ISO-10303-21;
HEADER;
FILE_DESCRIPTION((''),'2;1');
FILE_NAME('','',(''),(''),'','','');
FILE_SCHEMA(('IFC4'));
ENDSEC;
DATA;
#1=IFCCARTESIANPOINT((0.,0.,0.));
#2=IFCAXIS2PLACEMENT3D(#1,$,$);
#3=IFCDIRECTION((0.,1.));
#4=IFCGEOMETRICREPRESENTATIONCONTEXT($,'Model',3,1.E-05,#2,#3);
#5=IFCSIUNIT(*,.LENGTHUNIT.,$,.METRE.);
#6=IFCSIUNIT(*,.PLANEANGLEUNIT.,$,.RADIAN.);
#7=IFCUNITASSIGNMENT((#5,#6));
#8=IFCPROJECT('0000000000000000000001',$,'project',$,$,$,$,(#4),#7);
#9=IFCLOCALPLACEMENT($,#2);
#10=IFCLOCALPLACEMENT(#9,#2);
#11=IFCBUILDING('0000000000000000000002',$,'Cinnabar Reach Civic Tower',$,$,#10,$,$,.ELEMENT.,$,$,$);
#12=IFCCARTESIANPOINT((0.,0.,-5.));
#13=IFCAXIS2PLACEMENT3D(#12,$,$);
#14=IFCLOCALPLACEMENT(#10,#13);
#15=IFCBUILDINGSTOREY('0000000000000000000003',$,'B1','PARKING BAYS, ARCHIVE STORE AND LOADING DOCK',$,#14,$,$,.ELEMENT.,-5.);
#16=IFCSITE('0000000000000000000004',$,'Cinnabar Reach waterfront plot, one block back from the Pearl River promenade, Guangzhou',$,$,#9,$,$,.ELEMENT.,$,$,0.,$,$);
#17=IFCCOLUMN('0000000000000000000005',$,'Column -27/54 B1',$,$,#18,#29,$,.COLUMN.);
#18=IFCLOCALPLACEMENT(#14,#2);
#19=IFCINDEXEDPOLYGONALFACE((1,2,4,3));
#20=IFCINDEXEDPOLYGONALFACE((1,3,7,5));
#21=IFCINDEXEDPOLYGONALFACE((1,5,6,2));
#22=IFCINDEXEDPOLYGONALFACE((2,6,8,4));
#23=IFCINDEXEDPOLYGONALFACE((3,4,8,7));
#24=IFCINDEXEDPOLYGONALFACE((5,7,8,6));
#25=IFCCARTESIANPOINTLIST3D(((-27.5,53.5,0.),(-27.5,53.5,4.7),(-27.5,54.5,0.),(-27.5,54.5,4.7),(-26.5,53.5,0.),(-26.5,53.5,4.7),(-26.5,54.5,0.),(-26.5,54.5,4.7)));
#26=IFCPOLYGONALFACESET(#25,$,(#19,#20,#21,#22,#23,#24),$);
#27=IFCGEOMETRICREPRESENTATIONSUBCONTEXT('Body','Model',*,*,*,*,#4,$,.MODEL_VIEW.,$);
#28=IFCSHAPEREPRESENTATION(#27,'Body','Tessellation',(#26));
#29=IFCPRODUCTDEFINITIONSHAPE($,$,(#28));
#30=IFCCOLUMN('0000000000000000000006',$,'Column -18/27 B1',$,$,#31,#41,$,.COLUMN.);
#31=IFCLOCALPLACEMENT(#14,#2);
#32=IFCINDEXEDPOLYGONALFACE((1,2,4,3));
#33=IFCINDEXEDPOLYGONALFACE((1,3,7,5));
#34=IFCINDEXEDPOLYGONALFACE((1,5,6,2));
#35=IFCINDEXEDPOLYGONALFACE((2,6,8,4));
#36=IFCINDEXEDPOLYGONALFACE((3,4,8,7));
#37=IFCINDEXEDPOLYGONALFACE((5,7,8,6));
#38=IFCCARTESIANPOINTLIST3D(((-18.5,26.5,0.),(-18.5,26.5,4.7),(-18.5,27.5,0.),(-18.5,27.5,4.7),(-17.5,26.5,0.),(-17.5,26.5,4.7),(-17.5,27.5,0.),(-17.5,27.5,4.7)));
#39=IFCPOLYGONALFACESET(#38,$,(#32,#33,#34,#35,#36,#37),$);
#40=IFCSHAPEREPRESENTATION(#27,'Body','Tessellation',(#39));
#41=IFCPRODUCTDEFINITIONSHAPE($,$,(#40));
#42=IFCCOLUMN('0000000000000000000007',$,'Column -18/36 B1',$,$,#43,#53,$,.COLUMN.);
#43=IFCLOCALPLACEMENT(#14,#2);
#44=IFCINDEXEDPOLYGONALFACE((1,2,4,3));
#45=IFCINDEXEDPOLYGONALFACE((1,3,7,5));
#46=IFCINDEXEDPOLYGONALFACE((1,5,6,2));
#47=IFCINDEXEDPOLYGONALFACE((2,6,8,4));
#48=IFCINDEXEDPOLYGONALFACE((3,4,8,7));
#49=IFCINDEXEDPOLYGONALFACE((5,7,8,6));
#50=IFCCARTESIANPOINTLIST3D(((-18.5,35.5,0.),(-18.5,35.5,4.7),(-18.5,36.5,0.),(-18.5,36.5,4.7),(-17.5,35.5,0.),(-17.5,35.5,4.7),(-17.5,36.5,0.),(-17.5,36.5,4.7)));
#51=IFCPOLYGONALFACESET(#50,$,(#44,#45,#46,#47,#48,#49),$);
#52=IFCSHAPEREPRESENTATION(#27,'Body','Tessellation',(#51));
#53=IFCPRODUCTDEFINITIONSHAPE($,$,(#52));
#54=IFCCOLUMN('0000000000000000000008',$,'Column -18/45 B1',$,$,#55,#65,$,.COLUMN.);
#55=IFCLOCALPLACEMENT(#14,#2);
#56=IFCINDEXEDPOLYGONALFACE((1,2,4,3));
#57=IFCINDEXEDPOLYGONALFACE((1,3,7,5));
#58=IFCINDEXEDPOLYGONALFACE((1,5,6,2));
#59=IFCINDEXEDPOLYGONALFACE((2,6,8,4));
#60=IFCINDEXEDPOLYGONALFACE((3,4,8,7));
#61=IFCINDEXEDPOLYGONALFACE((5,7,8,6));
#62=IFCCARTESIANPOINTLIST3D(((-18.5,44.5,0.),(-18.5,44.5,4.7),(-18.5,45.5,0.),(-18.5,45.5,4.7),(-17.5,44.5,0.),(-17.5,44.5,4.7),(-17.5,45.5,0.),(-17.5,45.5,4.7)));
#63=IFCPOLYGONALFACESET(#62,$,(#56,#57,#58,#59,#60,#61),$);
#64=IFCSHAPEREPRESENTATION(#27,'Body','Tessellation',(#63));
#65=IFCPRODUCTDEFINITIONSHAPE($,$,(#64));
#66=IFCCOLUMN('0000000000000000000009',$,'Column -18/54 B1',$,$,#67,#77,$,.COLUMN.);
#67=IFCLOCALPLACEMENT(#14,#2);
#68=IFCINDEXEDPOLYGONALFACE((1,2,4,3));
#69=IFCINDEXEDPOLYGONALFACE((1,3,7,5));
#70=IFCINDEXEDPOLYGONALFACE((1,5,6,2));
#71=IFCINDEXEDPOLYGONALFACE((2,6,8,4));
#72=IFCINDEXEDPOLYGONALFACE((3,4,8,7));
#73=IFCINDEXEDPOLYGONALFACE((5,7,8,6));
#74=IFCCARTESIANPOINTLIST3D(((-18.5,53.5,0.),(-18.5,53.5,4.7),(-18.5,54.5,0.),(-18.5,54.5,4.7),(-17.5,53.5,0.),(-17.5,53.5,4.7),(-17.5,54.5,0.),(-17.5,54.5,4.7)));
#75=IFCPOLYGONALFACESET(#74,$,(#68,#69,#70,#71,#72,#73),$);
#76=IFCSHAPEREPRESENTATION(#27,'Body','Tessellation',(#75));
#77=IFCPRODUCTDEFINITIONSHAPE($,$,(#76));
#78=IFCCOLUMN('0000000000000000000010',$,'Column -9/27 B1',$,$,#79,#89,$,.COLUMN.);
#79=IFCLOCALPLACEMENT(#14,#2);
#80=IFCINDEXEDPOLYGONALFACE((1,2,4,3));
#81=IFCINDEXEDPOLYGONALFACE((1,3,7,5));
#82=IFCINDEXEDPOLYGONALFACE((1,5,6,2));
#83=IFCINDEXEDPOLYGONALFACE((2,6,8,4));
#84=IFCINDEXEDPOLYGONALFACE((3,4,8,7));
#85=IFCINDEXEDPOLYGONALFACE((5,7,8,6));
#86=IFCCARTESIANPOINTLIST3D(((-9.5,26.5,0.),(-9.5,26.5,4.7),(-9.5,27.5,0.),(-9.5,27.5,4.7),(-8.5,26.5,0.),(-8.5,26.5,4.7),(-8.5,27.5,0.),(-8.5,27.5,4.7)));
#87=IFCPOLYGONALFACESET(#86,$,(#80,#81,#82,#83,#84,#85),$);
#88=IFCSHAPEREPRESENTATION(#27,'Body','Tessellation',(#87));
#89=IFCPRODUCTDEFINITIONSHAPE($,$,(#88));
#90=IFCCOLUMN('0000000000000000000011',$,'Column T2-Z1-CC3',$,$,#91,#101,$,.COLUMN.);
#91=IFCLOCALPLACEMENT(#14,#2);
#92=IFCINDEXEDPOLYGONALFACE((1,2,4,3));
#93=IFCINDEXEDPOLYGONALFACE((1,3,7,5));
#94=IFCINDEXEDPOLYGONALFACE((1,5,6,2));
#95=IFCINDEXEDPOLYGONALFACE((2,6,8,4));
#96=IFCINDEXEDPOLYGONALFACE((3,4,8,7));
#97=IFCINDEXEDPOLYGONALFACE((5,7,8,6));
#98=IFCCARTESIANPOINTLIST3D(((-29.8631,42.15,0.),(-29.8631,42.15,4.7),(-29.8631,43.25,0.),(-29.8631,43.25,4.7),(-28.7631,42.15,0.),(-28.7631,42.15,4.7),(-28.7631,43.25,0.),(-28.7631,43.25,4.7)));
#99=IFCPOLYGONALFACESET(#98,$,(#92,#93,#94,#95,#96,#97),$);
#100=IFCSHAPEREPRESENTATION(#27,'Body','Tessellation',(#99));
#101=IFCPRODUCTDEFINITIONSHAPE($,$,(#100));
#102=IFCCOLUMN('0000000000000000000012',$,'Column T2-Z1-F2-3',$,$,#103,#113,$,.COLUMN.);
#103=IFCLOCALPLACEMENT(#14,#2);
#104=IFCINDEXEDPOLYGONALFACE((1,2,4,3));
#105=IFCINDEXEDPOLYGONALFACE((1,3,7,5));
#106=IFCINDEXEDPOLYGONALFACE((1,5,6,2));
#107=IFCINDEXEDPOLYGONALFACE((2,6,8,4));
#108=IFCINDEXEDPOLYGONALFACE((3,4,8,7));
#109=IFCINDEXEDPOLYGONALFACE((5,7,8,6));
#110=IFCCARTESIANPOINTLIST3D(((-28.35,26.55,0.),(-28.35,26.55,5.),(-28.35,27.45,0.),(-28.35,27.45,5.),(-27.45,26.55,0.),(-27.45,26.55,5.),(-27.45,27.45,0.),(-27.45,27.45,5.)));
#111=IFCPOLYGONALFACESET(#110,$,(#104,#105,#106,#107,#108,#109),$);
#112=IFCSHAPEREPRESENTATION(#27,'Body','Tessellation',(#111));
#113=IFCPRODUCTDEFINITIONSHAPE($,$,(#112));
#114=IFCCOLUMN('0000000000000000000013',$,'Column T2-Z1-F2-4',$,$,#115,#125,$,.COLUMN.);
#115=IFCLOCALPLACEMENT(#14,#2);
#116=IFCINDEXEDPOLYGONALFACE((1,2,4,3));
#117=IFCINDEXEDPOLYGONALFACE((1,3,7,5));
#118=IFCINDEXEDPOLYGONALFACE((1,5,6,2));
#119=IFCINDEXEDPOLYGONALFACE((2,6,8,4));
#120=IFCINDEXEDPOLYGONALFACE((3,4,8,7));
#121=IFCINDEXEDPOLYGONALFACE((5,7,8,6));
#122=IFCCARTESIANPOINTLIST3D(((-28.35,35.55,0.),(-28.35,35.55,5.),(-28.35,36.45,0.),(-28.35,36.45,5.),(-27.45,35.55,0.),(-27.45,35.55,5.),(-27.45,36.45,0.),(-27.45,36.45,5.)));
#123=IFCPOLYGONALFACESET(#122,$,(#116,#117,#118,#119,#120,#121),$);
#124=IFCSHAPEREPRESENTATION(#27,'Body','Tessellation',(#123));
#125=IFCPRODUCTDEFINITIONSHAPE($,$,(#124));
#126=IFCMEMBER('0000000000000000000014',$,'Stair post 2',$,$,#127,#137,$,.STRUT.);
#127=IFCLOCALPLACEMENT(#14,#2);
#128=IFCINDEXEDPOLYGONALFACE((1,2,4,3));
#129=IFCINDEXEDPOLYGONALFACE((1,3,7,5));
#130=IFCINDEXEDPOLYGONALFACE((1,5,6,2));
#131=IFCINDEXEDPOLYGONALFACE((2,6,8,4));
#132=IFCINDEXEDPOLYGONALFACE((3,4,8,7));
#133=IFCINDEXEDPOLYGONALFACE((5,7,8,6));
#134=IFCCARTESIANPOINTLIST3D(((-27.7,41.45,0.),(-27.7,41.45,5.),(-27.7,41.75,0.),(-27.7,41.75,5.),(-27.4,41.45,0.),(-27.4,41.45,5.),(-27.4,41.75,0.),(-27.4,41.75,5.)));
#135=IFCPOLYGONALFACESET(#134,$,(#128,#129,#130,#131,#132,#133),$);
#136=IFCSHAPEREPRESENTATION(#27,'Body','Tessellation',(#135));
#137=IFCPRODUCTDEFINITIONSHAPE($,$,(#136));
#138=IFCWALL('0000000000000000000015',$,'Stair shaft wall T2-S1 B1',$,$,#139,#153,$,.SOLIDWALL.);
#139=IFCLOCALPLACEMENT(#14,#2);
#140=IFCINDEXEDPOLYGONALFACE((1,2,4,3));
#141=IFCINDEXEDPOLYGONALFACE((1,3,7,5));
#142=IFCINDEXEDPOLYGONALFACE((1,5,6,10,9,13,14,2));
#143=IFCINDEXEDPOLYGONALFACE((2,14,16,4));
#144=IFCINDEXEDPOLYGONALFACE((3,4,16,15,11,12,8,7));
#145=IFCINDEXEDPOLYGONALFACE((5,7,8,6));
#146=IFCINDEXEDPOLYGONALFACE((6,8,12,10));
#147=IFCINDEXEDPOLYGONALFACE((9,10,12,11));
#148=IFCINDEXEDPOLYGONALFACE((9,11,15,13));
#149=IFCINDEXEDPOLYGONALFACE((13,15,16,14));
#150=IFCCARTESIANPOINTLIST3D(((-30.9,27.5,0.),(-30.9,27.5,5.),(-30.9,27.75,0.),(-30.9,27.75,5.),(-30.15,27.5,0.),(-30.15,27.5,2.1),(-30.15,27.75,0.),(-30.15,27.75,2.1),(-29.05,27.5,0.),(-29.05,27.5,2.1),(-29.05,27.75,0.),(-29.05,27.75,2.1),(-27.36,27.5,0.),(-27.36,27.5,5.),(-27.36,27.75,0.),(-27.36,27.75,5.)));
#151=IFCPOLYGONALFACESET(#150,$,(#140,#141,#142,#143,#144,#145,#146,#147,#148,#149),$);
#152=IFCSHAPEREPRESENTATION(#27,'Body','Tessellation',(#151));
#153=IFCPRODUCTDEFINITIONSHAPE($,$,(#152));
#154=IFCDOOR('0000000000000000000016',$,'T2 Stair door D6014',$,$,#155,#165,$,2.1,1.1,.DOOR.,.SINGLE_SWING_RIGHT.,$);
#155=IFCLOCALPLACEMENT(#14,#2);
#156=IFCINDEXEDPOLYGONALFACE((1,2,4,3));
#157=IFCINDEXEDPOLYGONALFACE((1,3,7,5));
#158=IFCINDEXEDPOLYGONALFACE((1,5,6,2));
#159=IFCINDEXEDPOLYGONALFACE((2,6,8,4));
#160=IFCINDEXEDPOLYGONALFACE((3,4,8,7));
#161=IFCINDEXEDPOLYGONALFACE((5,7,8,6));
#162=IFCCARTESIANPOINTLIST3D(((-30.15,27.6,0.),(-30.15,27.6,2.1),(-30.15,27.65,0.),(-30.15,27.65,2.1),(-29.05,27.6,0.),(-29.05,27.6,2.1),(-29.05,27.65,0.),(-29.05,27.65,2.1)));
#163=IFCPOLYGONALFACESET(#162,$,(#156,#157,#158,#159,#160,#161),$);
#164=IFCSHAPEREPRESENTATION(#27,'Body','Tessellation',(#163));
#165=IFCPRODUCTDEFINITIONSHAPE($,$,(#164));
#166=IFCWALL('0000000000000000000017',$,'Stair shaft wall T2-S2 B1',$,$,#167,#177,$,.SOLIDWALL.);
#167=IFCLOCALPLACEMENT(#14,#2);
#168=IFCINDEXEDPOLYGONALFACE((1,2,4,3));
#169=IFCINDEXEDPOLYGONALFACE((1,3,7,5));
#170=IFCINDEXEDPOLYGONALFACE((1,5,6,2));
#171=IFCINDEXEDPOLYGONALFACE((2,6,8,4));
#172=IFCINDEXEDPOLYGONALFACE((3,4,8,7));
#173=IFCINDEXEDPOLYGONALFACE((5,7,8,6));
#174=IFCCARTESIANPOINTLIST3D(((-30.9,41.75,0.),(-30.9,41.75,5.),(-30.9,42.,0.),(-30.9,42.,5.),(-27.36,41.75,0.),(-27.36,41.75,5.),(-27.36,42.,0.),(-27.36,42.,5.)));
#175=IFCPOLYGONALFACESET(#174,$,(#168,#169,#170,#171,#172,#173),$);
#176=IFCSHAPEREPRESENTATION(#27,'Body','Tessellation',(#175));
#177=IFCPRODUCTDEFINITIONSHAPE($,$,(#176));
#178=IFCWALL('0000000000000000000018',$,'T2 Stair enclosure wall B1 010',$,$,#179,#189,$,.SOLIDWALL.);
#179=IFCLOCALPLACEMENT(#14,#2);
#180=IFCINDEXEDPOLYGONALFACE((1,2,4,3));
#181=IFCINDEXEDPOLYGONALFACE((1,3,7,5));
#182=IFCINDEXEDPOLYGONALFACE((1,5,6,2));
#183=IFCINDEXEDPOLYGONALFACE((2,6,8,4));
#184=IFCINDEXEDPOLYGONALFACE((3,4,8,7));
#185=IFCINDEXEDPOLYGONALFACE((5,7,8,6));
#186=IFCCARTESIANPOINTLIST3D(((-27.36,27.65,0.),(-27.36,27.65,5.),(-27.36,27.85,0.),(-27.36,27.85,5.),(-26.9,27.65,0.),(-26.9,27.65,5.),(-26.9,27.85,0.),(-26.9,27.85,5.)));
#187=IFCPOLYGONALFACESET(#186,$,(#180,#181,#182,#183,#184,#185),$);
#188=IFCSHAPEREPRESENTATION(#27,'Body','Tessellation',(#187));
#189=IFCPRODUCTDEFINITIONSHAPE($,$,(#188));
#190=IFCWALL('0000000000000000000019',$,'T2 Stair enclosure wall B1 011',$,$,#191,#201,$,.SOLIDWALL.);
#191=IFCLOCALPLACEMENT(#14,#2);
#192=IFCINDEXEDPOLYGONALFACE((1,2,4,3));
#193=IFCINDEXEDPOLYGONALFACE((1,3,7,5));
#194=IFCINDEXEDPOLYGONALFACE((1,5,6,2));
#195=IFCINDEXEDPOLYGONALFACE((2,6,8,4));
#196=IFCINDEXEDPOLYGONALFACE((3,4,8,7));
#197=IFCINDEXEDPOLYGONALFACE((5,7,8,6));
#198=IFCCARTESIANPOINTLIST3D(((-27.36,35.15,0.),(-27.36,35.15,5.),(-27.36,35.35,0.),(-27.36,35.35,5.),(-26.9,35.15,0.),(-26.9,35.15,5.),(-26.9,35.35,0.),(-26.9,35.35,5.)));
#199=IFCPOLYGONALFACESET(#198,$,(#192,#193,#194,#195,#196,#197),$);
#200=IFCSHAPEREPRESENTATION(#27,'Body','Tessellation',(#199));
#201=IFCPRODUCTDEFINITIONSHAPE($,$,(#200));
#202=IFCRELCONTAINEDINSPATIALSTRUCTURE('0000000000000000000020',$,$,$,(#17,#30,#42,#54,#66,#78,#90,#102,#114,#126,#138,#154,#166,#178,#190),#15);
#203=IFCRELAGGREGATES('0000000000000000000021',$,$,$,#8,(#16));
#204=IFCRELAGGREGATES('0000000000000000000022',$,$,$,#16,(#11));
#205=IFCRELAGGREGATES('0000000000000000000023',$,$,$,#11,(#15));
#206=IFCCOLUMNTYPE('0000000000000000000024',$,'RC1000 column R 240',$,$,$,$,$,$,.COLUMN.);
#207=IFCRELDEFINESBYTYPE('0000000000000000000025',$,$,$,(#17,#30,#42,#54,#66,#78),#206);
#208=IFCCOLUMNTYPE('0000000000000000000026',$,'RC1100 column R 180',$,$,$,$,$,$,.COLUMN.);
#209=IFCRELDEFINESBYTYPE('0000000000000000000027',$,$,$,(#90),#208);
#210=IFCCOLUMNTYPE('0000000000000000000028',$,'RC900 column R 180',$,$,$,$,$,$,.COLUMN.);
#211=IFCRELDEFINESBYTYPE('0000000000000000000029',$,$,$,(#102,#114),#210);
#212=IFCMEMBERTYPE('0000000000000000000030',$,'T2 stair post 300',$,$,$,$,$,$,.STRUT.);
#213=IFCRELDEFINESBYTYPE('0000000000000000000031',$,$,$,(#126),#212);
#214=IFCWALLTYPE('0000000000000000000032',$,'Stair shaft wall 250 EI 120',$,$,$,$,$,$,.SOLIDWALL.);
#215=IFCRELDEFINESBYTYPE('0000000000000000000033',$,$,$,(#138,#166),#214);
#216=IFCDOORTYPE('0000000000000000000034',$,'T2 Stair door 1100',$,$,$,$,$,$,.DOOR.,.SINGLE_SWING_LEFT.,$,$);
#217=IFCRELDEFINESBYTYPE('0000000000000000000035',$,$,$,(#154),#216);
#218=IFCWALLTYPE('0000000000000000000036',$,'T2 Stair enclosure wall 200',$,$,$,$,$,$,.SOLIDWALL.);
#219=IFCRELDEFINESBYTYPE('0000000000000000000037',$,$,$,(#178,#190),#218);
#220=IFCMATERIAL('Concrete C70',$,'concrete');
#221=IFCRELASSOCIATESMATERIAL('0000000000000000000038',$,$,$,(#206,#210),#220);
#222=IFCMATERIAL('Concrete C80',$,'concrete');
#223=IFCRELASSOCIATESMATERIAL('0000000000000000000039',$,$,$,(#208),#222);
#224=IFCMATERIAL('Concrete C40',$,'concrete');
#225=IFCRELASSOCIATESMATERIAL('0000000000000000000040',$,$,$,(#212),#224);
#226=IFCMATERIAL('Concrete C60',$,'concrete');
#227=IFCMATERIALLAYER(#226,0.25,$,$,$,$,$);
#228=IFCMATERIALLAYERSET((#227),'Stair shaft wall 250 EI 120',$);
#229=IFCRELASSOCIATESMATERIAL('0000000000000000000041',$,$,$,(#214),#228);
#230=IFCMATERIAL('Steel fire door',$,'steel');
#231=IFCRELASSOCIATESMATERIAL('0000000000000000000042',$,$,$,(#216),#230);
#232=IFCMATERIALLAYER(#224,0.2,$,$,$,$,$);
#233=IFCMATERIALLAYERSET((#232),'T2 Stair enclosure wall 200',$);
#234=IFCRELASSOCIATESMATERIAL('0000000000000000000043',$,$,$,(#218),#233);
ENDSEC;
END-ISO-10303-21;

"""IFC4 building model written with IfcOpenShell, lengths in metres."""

from ifc_helpers import new_model, si_unit, direction, frame, frame_2d, origin, origin_2d, place, context, subcontext, project, spatial, rectangle, extrude, material, layer, layer_set, material_profile, profile_set, type_object, element, fill, save


model = new_model("IFC4")

# Units and contexts
model_context = context("Model", 3, precision=1e-05, world=origin(), true_north=direction((0.0, 1.0)))
body_context = subcontext(model_context, "Body", "Model", "MODEL_VIEW")
ifc_project = project(units=[si_unit("LENGTHUNIT", "METRE"), si_unit("PLANEANGLEUNIT", "RADIAN")], contexts=[model_context])

# Site, building, storey
site_placement = place(None, origin())
site = spatial("IfcSite", under=ifc_project, at=site_placement, Name="Cinnabar Reach waterfront plot, one block back from the Pearl River promenade, Guangzhou", CompositionType="ELEMENT", RefElevation=0.0)
building_placement = place(site_placement, origin())
building = spatial("IfcBuilding", under=site, at=building_placement, Name="Cinnabar Reach Civic Tower", CompositionType="ELEMENT")
storey_placement = place(building_placement, frame((0.0, 0.0, -5.0)))
storey = spatial("IfcBuildingStorey", under=building, at=storey_placement, Name="B1", Description="PARKING BAYS, ARCHIVE STORE AND LOADING DOCK", CompositionType="ELEMENT", Elevation=-5.0)

# Columns
ifc_material_1 = material(Name="Concrete C70", Category="concrete")
ifc_material_profile_1 = material_profile(ifc_material_1, rectangle(XDim=1.0, YDim=1.0, at=origin_2d()), Name="RC1000")
ifc_profile_set_1 = profile_set([ifc_material_profile_1], Name="Concrete C70")
column_type_1 = type_object("IfcColumnType", Name="RC1000 column R 240", PredefinedType="COLUMN", material=ifc_profile_set_1)
for number, where, z_axis, x_axis, name in (
    (1, (-27.0, 54.0, 0.0), (0.0, 0.0, 1.0), (1.0, 0.0, 0.0), "Column -27/54 B1"),
    (2, (-18.0, 27.0, 0.0), (0.0, 0.0, 1.0), (1.0, 0.0, 0.0), "Column -18/27 B1"),
    (3, (-18.0, 36.0, 0.0), (0.0, 0.0, 1.0), (1.0, 0.0, 0.0), "Column -18/36 B1"),
    (4, (-18.0, 45.0, 0.0), (0.0, 0.0, 1.0), (1.0, 0.0, 0.0), "Column -18/45 B1"),
    (5, (-18.0, 54.0, 0.0), (0.0, 0.0, 1.0), (1.0, 0.0, 0.0), "Column -18/54 B1"),
    (6, (-9.0, 27.0, 0.0), (0.0, 0.0, 1.0), (1.0, 0.0, 0.0), "Column -9/27 B1"),
):
    element("IfcColumn", number, at=place(storey_placement, frame(where, z_axis=z_axis, x_axis=x_axis)), inside=storey, type_object=column_type_1, Name=name, PredefinedType="COLUMN", context=body_context, shape_type="SweptSolid", body=[
        extrude(rectangle(XDim=1.0, YDim=1.0, at=origin_2d()), origin(), (0.0, 0.0, 1.0), 4.7),
    ])
ifc_material_2 = material(Name="Concrete C80", Category="concrete")
ifc_material_profile_2 = material_profile(ifc_material_2, rectangle(XDim=1.1, YDim=1.1, at=origin_2d()), Name="RC1100")
ifc_profile_set_2 = profile_set([ifc_material_profile_2], Name="Concrete C80")
column_type_2 = type_object("IfcColumnType", Name="RC1100 column R 180", PredefinedType="COLUMN", material=ifc_profile_set_2)
column_placement = place(storey_placement, frame((-29.3131, 42.7, 0.0), z_axis=(0.0, 0.0, 1.0), x_axis=(1.0, 0.0, 0.0)))
element("IfcColumn", 7, at=column_placement, inside=storey, type_object=column_type_2, Name="Column T2-Z1-CC3", PredefinedType="COLUMN", context=body_context, shape_type="SweptSolid", body=[
    extrude(rectangle(XDim=1.1, YDim=1.1, at=origin_2d()), origin(), (0.0, 0.0, 1.0), 4.7),
])
ifc_material_profile_3 = material_profile(ifc_material_1, rectangle(XDim=0.9, YDim=0.9, at=origin_2d()), Name="RC900")
ifc_profile_set_3 = profile_set([ifc_material_profile_3], Name="Concrete C70")
column_type_3 = type_object("IfcColumnType", Name="RC900 column R 180", PredefinedType="COLUMN", material=ifc_profile_set_3)
for number, where, z_axis, x_axis, name in (
    (8, (-27.9, 27.0, 0.0), (0.0, 0.0, 1.0), (1.0, 0.0, 0.0), "Column T2-Z1-F2-3"),
    (9, (-27.9, 36.0, 0.0), (0.0, 0.0, 1.0), (1.0, 0.0, 0.0), "Column T2-Z1-F2-4"),
):
    element("IfcColumn", number, at=place(storey_placement, frame(where, z_axis=z_axis, x_axis=x_axis)), inside=storey, type_object=column_type_3, Name=name, PredefinedType="COLUMN", context=body_context, shape_type="SweptSolid", body=[
        extrude(rectangle(XDim=0.9, YDim=0.9, at=origin_2d()), origin(), (0.0, 0.0, 1.0), 5.0),
    ])

# Member
ifc_material_3 = material(Name="Concrete C40", Category="concrete")
ifc_material_profile_4 = material_profile(ifc_material_3, rectangle(XDim=0.3, YDim=0.3, at=origin_2d()), Name="C300")
ifc_profile_set_4 = profile_set([ifc_material_profile_4], Name="Concrete C40")
member_type = type_object("IfcMemberType", Name="T2 stair post 300", PredefinedType="STRUT", material=ifc_profile_set_4)
member_placement = place(storey_placement, frame((-27.55, 41.6, 0.0), z_axis=(0.0, 0.0, 1.0), x_axis=(1.0, 0.0, 0.0)))
element("IfcMember", 10, at=member_placement, inside=storey, type_object=member_type, Name="Stair post 2", PredefinedType="STRUT", context=body_context, shape_type="SweptSolid", body=[
    extrude(rectangle(XDim=0.3, YDim=0.3, at=origin_2d()), origin(), (0.0, 0.0, 1.0), 5.0),
])

# Wall, opening, door
ifc_material_4 = material(Name="Concrete C60", Category="concrete")
ifc_layer_1 = layer(ifc_material_4, 0.25)
ifc_layer_set_1 = layer_set([ifc_layer_1], Name="Stair shaft wall 250 EI 120")
wall_type_1 = type_object("IfcWallType", Name="Stair shaft wall 250 EI 120", PredefinedType="SOLIDWALL", material=ifc_layer_set_1)
wall_1_placement = place(storey_placement, frame((-27.36, 27.625, 0.0), z_axis=(0.0, 0.0, 1.0), x_axis=(-1.0, 0.0, 0.0)))
wall_1 = element("IfcWall", 11, at=wall_1_placement, inside=storey, type_object=wall_type_1, Name="Stair shaft wall T2-S1 B1", PredefinedType="SOLIDWALL", context=body_context, shape_type="SweptSolid", body=[
    extrude(rectangle(XDim=3.54, YDim=0.25, at=frame_2d((1.77, 0.0))), origin(), (0.0, 0.0, 1.0), 5.0),
])
opening_placement = place(wall_1_placement, frame((1.69, 0.0, 0.0)))
opening = element("IfcOpeningElement", 12, at=opening_placement, cuts=wall_1, PredefinedType="OPENING", context=body_context, shape_type="SweptSolid", body=[
    extrude(rectangle(XDim=1.1, YDim=2.1, at=frame_2d((0.55, 1.05))), frame((0.0, 0.135, 0.0), z_axis=(0.0, -1.0, 0.0), x_axis=(1.0, 0.0, 0.0)), (0.0, 0.0, 1.0), 0.27),
])
ifc_material_5 = material(Name="Steel fire door", Category="steel")
door_type = type_object("IfcDoorType", Name="T2 Stair door 1100", OperationType="SINGLE_SWING_LEFT", PredefinedType="DOOR", material=ifc_material_5)
door_placement = place(opening_placement, origin())
door = element("IfcDoor", 13, at=door_placement, inside=storey, type_object=door_type, Name="T2 Stair door D6014", OperationType="SINGLE_SWING_RIGHT", OverallHeight=2.1, OverallWidth=1.1, PredefinedType="DOOR", context=body_context, shape_type="SweptSolid", body=[
    extrude(rectangle(XDim=1.1, YDim=2.1, at=frame_2d((0.55, 1.05))), frame((0.0, 0.025, 0.0), z_axis=(0.0, -1.0, 0.0), x_axis=(1.0, 0.0, 0.0)), (0.0, 0.0, 1.0), 0.05),
])
fill(opening, door)

# Walls
wall_2_placement = place(storey_placement, frame((-27.36, 41.875, 0.0), z_axis=(0.0, 0.0, 1.0), x_axis=(-1.0, 0.0, 0.0)))
element("IfcWall", 14, at=wall_2_placement, inside=storey, type_object=wall_type_1, Name="Stair shaft wall T2-S2 B1", PredefinedType="SOLIDWALL", context=body_context, shape_type="SweptSolid", body=[
    extrude(rectangle(XDim=3.54, YDim=0.25, at=frame_2d((1.77, 0.0))), origin(), (0.0, 0.0, 1.0), 5.0),
])
ifc_layer_2 = layer(ifc_material_3, 0.2)
ifc_layer_set_2 = layer_set([ifc_layer_2], Name="T2 Stair enclosure wall 200")
wall_type_2 = type_object("IfcWallType", Name="T2 Stair enclosure wall 200", PredefinedType="SOLIDWALL", material=ifc_layer_set_2)
for number, where, z_axis, x_axis, name in (
    (15, (-27.36, 27.75, 0.0), (0.0, 0.0, 1.0), (1.0, 0.0, 0.0), "T2 Stair enclosure wall B1 010"),
    (16, (-26.9, 35.25, 0.0), (0.0, 0.0, 1.0), (-1.0, 0.0, 0.0), "T2 Stair enclosure wall B1 011"),
):
    element("IfcWall", number, at=place(storey_placement, frame(where, z_axis=z_axis, x_axis=x_axis)), inside=storey, type_object=wall_type_2, Name=name, PredefinedType="SOLIDWALL", context=body_context, shape_type="SweptSolid", body=[
        extrude(rectangle(XDim=0.46, YDim=0.2, at=frame_2d((0.23, 0.0))), origin(), (0.0, 0.0, 1.0), 5.0),
    ])

save(model, "model.ifc")
